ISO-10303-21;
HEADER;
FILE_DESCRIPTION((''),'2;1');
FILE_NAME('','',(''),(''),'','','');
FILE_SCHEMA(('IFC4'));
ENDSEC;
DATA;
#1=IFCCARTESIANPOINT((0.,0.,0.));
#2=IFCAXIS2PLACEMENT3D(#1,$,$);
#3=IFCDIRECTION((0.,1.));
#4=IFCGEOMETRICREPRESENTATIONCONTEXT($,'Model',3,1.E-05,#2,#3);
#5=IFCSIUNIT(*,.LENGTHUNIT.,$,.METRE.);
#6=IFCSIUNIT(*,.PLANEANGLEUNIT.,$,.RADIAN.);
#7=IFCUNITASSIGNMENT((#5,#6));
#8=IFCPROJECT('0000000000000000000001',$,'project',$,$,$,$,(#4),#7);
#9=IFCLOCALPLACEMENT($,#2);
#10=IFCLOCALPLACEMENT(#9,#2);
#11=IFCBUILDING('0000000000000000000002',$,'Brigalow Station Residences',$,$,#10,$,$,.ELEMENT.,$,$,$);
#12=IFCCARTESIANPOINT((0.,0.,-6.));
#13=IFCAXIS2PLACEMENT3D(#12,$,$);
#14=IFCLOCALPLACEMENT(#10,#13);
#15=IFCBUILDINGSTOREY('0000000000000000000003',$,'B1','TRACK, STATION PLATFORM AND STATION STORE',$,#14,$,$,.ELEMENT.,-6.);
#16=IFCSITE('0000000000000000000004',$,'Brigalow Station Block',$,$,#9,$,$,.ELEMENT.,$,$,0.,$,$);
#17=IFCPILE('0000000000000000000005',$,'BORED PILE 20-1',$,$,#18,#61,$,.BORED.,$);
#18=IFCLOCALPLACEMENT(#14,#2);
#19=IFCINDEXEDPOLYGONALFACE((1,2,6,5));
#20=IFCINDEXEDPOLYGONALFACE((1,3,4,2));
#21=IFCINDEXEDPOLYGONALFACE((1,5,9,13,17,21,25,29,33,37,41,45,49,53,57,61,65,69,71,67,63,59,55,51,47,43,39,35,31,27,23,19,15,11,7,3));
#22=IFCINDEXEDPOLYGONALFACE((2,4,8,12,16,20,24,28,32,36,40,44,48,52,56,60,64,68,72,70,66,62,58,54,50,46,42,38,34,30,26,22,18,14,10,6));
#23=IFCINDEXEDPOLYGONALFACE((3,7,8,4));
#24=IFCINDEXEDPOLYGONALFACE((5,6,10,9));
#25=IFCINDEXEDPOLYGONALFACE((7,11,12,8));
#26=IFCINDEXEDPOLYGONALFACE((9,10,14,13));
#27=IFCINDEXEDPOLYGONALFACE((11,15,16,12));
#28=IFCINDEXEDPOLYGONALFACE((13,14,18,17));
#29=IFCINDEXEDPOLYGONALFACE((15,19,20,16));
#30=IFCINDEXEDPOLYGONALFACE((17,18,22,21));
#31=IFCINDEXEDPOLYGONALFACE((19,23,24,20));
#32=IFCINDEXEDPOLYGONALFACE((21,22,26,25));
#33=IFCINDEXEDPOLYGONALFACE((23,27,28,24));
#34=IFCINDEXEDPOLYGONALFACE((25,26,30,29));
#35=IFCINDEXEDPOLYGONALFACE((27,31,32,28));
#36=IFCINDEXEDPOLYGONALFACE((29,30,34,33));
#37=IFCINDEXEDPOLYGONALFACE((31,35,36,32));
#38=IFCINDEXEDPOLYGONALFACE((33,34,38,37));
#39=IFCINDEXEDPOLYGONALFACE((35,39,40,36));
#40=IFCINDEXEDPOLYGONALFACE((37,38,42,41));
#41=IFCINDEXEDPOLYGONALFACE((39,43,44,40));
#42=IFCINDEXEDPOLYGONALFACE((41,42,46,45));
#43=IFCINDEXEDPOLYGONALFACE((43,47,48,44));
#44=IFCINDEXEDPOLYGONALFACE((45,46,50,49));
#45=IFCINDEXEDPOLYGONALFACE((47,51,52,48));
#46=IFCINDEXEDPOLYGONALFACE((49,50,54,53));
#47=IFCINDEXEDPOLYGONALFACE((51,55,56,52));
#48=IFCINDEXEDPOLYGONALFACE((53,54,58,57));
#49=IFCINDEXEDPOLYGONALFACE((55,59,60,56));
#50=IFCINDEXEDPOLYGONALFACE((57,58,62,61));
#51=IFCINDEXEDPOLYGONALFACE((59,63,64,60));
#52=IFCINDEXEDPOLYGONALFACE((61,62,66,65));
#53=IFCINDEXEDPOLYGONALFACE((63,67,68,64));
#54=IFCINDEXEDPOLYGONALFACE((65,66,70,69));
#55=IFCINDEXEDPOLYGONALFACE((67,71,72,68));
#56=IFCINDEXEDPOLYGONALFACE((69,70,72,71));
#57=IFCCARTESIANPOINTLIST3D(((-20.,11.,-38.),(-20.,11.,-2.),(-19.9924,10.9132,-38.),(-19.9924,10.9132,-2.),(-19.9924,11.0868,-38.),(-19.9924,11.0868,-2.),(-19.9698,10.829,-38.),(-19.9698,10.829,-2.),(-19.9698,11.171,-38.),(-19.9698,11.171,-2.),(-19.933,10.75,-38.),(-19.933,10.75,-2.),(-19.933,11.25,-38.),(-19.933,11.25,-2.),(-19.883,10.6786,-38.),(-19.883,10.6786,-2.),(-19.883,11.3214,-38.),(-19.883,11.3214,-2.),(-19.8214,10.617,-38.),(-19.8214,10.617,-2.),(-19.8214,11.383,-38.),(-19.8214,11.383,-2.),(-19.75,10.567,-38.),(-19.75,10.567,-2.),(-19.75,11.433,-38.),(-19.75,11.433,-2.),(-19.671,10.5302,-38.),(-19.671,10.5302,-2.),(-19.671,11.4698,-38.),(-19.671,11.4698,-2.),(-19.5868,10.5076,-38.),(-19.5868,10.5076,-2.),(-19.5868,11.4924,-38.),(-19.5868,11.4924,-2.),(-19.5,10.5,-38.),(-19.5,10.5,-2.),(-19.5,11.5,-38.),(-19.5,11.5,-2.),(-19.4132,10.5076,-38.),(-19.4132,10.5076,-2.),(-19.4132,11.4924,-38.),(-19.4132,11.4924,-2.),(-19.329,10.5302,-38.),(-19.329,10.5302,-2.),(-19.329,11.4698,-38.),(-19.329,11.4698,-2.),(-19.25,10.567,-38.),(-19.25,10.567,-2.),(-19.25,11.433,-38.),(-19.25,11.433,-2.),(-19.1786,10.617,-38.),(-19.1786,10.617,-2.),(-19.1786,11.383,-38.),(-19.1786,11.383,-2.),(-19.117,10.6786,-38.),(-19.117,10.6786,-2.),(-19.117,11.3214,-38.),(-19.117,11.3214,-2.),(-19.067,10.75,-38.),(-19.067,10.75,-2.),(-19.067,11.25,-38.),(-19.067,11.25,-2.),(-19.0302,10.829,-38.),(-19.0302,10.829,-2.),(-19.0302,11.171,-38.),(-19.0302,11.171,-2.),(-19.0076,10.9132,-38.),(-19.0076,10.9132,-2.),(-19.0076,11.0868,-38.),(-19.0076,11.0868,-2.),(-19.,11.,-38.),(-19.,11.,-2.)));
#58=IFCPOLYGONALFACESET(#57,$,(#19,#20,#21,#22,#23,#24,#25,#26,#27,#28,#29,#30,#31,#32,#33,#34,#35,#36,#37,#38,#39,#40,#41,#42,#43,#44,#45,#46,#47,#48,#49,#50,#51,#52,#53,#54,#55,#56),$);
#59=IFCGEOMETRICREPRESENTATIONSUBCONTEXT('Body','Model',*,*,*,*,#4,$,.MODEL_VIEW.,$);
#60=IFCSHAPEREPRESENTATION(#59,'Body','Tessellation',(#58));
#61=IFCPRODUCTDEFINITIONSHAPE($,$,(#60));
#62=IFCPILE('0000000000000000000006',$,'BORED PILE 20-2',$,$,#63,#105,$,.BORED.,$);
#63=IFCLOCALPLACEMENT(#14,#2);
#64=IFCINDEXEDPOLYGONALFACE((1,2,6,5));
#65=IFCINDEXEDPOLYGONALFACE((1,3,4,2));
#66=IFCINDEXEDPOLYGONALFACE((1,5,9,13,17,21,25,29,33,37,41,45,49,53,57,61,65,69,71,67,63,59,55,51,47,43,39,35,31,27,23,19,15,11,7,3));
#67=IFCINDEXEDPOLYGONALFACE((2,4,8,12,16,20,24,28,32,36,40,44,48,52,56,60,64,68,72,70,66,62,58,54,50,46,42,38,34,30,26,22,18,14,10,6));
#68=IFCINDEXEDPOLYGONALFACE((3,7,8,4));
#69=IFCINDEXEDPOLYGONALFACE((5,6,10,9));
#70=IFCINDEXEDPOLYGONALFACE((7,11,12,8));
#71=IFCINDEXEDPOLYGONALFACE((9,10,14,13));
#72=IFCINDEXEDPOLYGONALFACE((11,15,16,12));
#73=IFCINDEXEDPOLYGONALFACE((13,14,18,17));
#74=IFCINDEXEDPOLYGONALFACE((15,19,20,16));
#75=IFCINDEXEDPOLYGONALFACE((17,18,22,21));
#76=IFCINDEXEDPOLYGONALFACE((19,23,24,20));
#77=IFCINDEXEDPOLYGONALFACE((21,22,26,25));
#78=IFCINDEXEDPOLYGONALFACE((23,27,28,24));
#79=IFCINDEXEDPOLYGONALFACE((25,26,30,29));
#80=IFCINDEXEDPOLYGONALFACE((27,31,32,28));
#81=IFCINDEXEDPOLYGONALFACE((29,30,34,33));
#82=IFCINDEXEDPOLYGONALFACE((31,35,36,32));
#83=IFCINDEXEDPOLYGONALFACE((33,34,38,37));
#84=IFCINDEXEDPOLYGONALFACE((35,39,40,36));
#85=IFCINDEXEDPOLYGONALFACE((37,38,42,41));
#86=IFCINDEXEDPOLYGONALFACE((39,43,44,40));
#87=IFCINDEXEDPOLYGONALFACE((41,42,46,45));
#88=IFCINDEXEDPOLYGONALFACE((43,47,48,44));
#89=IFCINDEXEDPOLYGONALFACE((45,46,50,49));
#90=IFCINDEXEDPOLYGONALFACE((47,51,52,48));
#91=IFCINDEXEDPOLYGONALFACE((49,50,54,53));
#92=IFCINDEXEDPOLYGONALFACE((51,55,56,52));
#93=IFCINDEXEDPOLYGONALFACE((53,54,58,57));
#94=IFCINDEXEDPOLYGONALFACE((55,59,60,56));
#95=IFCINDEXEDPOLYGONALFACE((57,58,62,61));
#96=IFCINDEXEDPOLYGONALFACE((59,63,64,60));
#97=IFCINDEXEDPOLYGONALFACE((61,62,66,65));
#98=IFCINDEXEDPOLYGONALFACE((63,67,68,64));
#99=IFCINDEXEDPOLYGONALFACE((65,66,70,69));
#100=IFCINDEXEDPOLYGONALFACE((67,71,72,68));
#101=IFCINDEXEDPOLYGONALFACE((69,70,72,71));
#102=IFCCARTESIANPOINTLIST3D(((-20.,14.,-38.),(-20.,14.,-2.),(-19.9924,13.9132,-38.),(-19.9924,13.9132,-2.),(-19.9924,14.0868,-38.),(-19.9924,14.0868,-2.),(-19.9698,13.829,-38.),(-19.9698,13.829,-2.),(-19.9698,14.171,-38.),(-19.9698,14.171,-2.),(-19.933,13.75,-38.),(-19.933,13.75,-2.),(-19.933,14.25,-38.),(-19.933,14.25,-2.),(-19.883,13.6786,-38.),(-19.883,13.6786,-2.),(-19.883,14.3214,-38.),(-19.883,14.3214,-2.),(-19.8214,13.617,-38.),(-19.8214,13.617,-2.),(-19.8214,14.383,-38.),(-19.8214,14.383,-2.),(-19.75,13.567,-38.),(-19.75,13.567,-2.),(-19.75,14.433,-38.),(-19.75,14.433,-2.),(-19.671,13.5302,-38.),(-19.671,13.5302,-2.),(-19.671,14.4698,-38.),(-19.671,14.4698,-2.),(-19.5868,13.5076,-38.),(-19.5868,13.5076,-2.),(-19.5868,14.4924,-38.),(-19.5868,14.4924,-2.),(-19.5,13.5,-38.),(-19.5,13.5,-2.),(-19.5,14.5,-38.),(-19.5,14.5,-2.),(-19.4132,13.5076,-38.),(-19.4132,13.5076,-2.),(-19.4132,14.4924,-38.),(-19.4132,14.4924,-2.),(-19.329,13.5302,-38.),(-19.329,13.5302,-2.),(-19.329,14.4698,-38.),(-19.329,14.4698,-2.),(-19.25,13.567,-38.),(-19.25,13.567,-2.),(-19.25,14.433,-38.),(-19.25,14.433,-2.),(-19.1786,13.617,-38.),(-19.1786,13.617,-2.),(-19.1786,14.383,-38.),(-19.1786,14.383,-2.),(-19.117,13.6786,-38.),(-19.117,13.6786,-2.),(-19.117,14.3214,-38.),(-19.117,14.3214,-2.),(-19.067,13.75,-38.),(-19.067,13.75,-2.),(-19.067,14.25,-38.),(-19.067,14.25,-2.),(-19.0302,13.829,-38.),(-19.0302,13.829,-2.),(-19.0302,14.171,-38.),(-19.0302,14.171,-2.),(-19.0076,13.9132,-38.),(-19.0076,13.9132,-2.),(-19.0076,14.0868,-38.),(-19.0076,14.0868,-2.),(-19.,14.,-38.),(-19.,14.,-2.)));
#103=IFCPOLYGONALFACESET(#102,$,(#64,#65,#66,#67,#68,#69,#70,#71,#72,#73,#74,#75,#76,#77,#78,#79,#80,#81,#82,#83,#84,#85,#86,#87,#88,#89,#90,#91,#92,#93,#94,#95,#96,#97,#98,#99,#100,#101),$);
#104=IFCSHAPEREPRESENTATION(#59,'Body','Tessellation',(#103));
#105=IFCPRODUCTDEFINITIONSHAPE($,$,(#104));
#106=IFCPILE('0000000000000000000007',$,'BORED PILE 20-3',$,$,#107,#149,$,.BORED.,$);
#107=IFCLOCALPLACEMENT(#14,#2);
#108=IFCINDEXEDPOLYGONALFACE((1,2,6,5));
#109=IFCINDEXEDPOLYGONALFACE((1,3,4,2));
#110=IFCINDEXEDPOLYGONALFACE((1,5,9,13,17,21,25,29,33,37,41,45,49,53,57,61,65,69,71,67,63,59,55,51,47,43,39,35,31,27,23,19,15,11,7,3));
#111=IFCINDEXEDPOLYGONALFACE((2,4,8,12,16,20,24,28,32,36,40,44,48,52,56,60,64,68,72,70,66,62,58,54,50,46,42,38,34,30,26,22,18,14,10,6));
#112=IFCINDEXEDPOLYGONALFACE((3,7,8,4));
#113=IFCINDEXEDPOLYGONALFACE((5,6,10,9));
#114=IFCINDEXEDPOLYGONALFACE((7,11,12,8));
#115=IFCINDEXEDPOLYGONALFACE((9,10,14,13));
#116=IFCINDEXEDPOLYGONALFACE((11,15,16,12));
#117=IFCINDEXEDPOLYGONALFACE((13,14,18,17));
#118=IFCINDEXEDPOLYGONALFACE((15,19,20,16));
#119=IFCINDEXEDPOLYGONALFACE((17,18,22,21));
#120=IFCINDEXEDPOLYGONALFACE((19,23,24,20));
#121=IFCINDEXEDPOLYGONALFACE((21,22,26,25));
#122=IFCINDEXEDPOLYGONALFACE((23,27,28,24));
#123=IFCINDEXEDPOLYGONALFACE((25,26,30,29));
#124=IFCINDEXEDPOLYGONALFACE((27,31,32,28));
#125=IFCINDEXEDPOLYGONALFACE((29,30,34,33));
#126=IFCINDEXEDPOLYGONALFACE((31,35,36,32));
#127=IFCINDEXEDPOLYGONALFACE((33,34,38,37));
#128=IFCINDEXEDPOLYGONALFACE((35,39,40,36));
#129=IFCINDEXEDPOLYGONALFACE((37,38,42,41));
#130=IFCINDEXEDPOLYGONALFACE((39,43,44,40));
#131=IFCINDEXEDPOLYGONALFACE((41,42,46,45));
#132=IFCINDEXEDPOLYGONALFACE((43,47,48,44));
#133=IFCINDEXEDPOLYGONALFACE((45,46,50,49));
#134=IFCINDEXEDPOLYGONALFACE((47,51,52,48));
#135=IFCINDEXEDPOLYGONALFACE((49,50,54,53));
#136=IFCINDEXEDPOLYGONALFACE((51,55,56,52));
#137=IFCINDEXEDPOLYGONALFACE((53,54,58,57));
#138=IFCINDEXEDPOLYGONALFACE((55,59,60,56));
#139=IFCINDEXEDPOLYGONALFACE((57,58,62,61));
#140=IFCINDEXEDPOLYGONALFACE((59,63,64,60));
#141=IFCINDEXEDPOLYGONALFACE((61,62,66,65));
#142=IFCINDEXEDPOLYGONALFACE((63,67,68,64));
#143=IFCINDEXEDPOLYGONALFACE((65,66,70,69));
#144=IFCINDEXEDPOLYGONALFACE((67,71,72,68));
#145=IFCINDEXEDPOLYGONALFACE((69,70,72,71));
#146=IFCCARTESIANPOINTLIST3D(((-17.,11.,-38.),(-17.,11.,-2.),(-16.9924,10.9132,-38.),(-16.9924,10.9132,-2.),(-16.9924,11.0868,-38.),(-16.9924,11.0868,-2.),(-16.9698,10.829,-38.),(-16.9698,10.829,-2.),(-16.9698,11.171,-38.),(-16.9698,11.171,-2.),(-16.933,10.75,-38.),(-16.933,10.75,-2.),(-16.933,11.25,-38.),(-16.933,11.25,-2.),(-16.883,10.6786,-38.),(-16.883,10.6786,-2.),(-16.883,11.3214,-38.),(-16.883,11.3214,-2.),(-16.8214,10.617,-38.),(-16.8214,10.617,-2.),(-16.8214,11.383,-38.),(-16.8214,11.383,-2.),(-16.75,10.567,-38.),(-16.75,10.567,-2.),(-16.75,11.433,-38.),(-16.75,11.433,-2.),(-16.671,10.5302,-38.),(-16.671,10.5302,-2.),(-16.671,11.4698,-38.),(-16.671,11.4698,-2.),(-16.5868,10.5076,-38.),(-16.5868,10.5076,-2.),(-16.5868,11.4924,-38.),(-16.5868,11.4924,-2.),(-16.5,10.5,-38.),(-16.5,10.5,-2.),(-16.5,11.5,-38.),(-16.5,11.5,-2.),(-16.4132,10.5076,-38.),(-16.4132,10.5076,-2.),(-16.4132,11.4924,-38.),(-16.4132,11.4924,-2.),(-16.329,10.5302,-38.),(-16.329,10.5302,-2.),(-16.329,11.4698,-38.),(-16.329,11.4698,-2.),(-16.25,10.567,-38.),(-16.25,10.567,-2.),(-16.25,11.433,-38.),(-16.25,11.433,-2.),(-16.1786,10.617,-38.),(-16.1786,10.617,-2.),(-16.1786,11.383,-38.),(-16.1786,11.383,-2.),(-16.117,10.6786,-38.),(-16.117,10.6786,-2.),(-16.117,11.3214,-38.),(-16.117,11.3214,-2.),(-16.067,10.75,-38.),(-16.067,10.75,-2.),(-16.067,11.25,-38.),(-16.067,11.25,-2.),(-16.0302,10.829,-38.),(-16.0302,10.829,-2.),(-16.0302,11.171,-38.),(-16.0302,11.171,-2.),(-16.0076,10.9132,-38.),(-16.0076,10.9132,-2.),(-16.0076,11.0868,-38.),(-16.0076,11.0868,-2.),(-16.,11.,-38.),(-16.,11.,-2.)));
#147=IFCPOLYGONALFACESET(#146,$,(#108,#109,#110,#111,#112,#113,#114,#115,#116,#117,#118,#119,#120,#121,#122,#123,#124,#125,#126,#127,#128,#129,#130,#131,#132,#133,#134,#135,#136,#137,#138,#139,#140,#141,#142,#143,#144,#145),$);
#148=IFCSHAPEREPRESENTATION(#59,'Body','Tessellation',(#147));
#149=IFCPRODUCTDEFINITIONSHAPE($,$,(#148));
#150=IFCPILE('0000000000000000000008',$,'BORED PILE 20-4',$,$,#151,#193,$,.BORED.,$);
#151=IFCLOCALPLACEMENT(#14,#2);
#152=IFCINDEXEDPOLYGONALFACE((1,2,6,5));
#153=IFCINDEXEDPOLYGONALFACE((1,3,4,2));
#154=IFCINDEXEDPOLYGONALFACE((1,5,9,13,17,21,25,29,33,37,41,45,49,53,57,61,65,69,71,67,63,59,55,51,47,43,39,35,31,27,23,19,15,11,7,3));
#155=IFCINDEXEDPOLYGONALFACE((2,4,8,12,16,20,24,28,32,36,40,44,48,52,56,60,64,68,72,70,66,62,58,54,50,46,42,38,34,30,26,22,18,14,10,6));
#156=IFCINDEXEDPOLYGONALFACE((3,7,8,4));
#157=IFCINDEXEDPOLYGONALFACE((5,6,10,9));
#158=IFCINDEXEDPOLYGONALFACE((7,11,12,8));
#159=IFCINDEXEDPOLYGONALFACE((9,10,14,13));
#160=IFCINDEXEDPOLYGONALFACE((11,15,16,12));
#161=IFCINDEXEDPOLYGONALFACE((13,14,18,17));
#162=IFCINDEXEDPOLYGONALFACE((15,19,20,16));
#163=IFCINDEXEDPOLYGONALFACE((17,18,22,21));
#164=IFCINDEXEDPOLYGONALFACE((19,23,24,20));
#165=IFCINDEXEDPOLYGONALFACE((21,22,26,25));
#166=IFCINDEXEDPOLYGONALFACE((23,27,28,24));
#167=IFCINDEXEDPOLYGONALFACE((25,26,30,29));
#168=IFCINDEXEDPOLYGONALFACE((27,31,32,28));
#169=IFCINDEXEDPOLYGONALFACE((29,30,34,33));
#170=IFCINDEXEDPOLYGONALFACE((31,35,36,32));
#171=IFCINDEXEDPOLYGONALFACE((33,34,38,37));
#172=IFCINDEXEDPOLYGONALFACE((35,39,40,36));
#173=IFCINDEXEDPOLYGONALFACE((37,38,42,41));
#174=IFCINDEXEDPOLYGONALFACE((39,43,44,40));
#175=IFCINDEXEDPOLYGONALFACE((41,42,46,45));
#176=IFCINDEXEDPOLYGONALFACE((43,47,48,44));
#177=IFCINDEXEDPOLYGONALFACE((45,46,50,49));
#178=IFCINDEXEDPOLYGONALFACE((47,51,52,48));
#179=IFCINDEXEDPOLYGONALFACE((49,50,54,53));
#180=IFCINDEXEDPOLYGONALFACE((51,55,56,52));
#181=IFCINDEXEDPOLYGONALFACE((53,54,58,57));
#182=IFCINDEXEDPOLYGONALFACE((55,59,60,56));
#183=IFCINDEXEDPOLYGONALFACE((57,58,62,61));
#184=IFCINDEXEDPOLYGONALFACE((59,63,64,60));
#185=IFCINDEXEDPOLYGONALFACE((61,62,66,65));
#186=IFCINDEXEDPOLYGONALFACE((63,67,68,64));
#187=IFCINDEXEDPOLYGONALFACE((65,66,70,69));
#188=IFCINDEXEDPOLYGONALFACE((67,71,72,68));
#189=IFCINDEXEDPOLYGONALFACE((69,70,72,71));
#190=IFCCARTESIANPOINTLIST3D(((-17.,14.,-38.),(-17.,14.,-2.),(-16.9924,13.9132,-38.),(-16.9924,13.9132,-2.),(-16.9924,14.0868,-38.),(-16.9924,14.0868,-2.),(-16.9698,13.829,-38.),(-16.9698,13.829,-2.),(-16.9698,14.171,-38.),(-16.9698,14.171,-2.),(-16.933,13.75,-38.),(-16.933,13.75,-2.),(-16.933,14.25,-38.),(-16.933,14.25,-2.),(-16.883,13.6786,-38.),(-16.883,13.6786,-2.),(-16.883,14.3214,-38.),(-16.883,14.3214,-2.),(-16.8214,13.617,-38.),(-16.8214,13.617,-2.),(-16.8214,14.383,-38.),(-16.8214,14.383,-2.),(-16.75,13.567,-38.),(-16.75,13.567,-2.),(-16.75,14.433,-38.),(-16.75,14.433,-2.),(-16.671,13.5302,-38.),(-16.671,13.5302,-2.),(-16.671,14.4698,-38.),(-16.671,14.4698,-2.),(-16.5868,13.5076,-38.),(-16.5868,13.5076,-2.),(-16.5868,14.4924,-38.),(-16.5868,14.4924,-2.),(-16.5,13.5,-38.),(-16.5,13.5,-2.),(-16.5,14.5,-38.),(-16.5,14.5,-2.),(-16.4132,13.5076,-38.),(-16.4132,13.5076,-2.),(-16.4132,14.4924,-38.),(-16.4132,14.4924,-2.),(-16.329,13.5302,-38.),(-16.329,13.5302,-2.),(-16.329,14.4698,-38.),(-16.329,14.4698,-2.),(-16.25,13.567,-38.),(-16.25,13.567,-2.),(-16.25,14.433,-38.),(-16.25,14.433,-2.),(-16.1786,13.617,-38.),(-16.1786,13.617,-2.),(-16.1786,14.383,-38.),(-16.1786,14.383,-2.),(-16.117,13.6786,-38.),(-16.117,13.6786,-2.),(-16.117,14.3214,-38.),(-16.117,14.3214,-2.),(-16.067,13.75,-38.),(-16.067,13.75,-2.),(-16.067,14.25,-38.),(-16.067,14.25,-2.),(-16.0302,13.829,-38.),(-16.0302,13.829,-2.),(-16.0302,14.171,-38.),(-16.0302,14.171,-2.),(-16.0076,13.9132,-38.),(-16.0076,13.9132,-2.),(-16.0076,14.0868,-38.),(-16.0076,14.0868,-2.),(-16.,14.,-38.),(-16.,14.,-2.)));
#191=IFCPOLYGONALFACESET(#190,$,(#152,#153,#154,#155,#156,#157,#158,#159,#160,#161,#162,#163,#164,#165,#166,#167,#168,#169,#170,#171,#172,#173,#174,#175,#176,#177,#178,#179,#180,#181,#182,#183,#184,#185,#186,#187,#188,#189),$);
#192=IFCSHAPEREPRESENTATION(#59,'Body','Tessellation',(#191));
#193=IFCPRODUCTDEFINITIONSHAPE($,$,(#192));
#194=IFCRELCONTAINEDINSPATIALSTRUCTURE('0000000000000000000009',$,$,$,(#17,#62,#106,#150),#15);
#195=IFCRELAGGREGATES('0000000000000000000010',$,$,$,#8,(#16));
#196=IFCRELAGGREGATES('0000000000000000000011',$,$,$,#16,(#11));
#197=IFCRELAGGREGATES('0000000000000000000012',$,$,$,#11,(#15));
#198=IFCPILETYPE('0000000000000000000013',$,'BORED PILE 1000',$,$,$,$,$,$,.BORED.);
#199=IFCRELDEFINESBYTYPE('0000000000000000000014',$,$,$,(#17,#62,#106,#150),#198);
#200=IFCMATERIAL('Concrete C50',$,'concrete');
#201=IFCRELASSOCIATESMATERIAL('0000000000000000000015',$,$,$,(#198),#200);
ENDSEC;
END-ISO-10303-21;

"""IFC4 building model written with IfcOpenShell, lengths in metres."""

from ifc_helpers import new_model, si_unit, direction, frame, origin, origin_2d, place, context, subcontext, project, spatial, circle, extrude, material, material_profile, profile_set, type_object, element, save


model = new_model("IFC4")

# Units and contexts
model_context = context("Model", 3, precision=1e-05, world=origin(), true_north=direction((0.0, 1.0)))
body_context = subcontext(model_context, "Body", "Model", "MODEL_VIEW")
ifc_project = project(units=[si_unit("LENGTHUNIT", "METRE"), si_unit("PLANEANGLEUNIT", "RADIAN")], contexts=[model_context])

# Site, building, storey
site_placement = place(None, origin())
site = spatial("IfcSite", under=ifc_project, at=site_placement, Name="Brigalow Station Block", CompositionType="ELEMENT", RefElevation=0.0)
building_placement = place(site_placement, origin())
building = spatial("IfcBuilding", under=site, at=building_placement, Name="Brigalow Station Residences", CompositionType="ELEMENT")
storey_placement = place(building_placement, frame((0.0, 0.0, -6.0)))
storey = spatial("IfcBuildingStorey", under=building, at=storey_placement, Name="B1", Description="TRACK, STATION PLATFORM AND STATION STORE", CompositionType="ELEMENT", Elevation=-6.0)

# Piles
ifc_material_1 = material(Name="Concrete C50", Category="concrete")
ifc_material_profile_1 = material_profile(ifc_material_1, circle(Radius=0.5, at=origin_2d()), Name="BP1000")
ifc_profile_set_1 = profile_set([ifc_material_profile_1], Name="Concrete C50")
pile_type = type_object("IfcPileType", Name="BORED PILE 1000", PredefinedType="BORED", material=ifc_profile_set_1)
for number, where, z_axis, x_axis, name in (
    (1, (-19.5, 11.0, -2.0), (0.0, 0.0, -1.0), (1.0, 0.0, 0.0), "BORED PILE 20-1"),
    (2, (-19.5, 14.0, -2.0), (0.0, 0.0, -1.0), (1.0, 0.0, 0.0), "BORED PILE 20-2"),
    (3, (-16.5, 11.0, -2.0), (0.0, 0.0, -1.0), (1.0, 0.0, 0.0), "BORED PILE 20-3"),
    (4, (-16.5, 14.0, -2.0), (0.0, 0.0, -1.0), (1.0, 0.0, 0.0), "BORED PILE 20-4"),
):
    element("IfcPile", number, at=place(storey_placement, frame(where, z_axis=z_axis, x_axis=x_axis)), inside=storey, type_object=pile_type, Name=name, PredefinedType="BORED", context=body_context, shape_type="SweptSolid", body=[
        extrude(circle(Radius=0.5, at=origin_2d()), origin(), (0.0, 0.0, 1.0), 36.0),
    ])

save(model, "model.ifc")
